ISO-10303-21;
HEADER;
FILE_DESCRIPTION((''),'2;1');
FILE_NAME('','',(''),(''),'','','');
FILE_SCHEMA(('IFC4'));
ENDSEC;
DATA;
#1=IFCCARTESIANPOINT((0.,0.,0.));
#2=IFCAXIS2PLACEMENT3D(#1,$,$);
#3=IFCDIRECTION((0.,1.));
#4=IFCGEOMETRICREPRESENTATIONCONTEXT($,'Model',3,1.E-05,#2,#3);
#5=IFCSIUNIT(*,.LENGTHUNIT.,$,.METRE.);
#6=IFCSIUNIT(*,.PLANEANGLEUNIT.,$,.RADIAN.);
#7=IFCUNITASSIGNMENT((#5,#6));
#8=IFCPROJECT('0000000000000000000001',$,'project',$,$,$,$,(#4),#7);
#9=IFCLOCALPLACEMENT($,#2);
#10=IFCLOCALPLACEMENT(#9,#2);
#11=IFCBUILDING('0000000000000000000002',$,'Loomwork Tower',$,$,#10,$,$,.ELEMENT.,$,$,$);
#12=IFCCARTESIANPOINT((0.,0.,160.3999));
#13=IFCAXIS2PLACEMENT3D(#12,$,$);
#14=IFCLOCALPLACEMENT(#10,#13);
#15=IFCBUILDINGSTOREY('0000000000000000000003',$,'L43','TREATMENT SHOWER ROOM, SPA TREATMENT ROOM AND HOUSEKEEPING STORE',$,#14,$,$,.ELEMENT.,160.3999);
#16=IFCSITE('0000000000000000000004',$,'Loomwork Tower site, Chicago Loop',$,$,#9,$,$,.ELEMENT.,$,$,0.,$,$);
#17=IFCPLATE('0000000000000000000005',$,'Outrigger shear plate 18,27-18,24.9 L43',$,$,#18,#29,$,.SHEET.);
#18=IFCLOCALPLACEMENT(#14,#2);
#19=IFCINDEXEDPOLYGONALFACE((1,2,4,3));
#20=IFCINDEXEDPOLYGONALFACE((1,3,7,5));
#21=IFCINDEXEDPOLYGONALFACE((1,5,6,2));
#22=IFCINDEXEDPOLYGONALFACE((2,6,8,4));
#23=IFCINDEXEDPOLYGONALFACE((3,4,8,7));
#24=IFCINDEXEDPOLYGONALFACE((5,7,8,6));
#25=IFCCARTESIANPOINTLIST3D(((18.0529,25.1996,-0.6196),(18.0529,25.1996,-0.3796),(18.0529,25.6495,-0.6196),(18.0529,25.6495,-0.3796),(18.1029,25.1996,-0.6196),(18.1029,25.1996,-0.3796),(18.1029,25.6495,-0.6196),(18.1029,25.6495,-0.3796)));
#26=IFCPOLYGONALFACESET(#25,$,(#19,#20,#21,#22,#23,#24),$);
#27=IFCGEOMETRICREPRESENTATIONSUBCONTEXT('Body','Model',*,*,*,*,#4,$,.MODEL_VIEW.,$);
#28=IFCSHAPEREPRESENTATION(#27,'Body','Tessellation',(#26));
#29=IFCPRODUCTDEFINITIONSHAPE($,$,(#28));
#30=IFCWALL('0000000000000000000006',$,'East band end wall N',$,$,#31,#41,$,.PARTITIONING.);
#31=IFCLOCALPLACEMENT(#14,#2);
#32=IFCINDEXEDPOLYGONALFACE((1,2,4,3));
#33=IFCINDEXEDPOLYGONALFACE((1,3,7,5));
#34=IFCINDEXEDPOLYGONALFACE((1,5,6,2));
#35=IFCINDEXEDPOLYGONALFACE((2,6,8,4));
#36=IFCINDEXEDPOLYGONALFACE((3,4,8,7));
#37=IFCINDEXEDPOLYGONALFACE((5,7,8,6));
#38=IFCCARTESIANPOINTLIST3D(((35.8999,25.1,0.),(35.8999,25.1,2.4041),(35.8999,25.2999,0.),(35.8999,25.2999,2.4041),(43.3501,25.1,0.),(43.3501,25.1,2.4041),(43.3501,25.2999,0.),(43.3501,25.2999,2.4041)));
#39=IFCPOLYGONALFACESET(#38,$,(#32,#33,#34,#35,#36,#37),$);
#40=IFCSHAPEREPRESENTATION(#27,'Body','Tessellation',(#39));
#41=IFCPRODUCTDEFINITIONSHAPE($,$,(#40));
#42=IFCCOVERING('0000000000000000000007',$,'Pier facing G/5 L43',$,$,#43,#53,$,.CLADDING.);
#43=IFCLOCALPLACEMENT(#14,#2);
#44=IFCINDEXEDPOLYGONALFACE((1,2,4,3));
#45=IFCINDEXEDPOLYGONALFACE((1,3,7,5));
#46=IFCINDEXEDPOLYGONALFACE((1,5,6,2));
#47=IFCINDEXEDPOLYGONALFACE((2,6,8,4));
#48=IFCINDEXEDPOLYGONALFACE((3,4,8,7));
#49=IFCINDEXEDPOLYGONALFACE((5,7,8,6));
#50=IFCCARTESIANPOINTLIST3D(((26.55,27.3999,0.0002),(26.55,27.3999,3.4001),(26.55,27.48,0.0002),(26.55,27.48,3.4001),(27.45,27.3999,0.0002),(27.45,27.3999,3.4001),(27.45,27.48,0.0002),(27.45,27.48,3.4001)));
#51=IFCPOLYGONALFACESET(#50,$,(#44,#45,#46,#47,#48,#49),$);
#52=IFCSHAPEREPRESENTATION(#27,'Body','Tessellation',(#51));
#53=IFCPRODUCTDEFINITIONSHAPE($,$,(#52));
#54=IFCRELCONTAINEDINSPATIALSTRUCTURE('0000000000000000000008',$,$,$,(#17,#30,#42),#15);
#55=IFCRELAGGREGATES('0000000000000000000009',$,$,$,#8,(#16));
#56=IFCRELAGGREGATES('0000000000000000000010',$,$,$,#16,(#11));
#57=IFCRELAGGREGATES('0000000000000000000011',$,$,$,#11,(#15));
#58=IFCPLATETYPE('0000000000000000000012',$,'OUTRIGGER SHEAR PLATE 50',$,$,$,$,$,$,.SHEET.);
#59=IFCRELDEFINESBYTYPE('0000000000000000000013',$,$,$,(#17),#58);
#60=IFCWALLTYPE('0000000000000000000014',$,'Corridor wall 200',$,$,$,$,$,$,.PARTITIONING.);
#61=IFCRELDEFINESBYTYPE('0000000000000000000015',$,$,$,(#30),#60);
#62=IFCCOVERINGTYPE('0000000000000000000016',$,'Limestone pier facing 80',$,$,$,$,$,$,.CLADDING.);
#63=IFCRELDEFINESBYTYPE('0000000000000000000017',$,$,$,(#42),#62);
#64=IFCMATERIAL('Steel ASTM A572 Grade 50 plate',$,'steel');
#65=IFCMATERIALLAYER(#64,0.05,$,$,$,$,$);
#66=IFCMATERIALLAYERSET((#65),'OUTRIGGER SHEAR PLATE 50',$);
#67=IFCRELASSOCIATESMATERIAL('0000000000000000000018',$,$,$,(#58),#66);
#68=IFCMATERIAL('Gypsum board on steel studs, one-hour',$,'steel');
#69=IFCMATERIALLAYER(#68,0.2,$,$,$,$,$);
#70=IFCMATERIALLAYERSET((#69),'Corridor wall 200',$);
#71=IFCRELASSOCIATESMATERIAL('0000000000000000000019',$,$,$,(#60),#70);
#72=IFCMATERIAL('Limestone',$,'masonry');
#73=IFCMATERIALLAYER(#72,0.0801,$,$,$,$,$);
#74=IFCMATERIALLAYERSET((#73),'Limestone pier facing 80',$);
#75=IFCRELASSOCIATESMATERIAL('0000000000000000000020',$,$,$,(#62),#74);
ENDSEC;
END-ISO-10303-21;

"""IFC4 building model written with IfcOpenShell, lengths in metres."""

from ifc_helpers import new_model, si_unit, direction, frame, frame_2d, origin, origin_2d, place, context, subcontext, project, spatial, rectangle, extrude, material, layer, layer_set, type_object, element, save


model = new_model("IFC4")

# Units and contexts
model_context = context("Model", 3, precision=1e-05, world=origin(), true_north=direction((0.0, 1.0)))
body_context = subcontext(model_context, "Body", "Model", "MODEL_VIEW")
ifc_project = project(units=[si_unit("LENGTHUNIT", "METRE"), si_unit("PLANEANGLEUNIT", "RADIAN")], contexts=[model_context])

# Site, building, storey
site_placement = place(None, origin())
site = spatial("IfcSite", under=ifc_project, at=site_placement, Name="Loomwork Tower site, Chicago Loop", CompositionType="ELEMENT", RefElevation=0.0)
building_placement = place(site_placement, origin())
building = spatial("IfcBuilding", under=site, at=building_placement, Name="Loomwork Tower", CompositionType="ELEMENT")
storey_placement = place(building_placement, frame((0.0, 0.0, 160.3999)))
storey = spatial("IfcBuildingStorey", under=building, at=storey_placement, Name="L43", Description="TREATMENT SHOWER ROOM, SPA TREATMENT ROOM AND HOUSEKEEPING STORE", CompositionType="ELEMENT", Elevation=160.3999)

# Plate
ifc_material_1 = material(Name="Steel ASTM A572 Grade 50 plate", Category="steel")
ifc_layer_1 = layer(ifc_material_1, 0.05)
ifc_layer_set_1 = layer_set([ifc_layer_1], Name="OUTRIGGER SHEAR PLATE 50")
plate_type_1 = type_object("IfcPlateType", Name="OUTRIGGER SHEAR PLATE 50", PredefinedType="SHEET", material=ifc_layer_set_1)
for number, where, z_axis, x_axis, name in (
    (1, (18.0779, 25.4246, -0.6196), (0.0, 0.0, 1.0), (0.0, 1.0, 0.0), "Outrigger shear plate 18,27-18,24.9 L43"),
):
    element("IfcPlate", number, at=place(storey_placement, frame(where, z_axis=z_axis, x_axis=x_axis)), inside=storey, type_object=plate_type_1, Name=name, PredefinedType="SHEET", context=body_context, shape_type="SweptSolid", body=[
        extrude(rectangle(XDim=0.45, YDim=0.05, at=origin_2d()), origin(), (0.0, 0.0, 1.0), 0.24),
    ])

# Wall
ifc_material_2 = material(Name="Gypsum board on steel studs, one-hour", Category="steel")
ifc_layer_2 = layer(ifc_material_2, 0.2)
ifc_layer_set_2 = layer_set([ifc_layer_2], Name="Corridor wall 200")
wall_type = type_object("IfcWallType", Name="Corridor wall 200", PredefinedType="PARTITIONING", material=ifc_layer_set_2)
wall_placement = place(storey_placement, frame((35.8999, 25.2, 0.0), z_axis=(0.0, 0.0, 1.0), x_axis=(1.0, 0.0, 0.0)))
element("IfcWall", 2, at=wall_placement, inside=storey, type_object=wall_type, Name="East band end wall N", PredefinedType="PARTITIONING", context=body_context, shape_type="SweptSolid", body=[
    extrude(rectangle(XDim=7.4502, YDim=0.2, at=frame_2d((3.7251, 0.0))), origin(), (0.0, 0.0, 1.0), 2.4041),
])

# Covering
ifc_material_3 = material(Name="Limestone", Category="masonry")
ifc_layer_3 = layer(ifc_material_3, 0.0801)
ifc_layer_set_3 = layer_set([ifc_layer_3], Name="Limestone pier facing 80")
covering_type = type_object("IfcCoveringType", Name="Limestone pier facing 80", PredefinedType="CLADDING", material=ifc_layer_set_3)
covering_placement = place(storey_placement, frame((27.0, 27.4399, 0.0002), z_axis=(0.0, 0.0, 1.0), x_axis=(1.0, 0.0, 0.0)))
element("IfcCovering", 3, at=covering_placement, inside=storey, type_object=covering_type, Name="Pier facing G/5 L43", PredefinedType="CLADDING", context=body_context, shape_type="SweptSolid", body=[
    extrude(rectangle(XDim=0.8999, YDim=0.0801, at=origin_2d()), origin(), (0.0, 0.0, 1.0), 3.3999),
])

save(model, "model.ifc")
